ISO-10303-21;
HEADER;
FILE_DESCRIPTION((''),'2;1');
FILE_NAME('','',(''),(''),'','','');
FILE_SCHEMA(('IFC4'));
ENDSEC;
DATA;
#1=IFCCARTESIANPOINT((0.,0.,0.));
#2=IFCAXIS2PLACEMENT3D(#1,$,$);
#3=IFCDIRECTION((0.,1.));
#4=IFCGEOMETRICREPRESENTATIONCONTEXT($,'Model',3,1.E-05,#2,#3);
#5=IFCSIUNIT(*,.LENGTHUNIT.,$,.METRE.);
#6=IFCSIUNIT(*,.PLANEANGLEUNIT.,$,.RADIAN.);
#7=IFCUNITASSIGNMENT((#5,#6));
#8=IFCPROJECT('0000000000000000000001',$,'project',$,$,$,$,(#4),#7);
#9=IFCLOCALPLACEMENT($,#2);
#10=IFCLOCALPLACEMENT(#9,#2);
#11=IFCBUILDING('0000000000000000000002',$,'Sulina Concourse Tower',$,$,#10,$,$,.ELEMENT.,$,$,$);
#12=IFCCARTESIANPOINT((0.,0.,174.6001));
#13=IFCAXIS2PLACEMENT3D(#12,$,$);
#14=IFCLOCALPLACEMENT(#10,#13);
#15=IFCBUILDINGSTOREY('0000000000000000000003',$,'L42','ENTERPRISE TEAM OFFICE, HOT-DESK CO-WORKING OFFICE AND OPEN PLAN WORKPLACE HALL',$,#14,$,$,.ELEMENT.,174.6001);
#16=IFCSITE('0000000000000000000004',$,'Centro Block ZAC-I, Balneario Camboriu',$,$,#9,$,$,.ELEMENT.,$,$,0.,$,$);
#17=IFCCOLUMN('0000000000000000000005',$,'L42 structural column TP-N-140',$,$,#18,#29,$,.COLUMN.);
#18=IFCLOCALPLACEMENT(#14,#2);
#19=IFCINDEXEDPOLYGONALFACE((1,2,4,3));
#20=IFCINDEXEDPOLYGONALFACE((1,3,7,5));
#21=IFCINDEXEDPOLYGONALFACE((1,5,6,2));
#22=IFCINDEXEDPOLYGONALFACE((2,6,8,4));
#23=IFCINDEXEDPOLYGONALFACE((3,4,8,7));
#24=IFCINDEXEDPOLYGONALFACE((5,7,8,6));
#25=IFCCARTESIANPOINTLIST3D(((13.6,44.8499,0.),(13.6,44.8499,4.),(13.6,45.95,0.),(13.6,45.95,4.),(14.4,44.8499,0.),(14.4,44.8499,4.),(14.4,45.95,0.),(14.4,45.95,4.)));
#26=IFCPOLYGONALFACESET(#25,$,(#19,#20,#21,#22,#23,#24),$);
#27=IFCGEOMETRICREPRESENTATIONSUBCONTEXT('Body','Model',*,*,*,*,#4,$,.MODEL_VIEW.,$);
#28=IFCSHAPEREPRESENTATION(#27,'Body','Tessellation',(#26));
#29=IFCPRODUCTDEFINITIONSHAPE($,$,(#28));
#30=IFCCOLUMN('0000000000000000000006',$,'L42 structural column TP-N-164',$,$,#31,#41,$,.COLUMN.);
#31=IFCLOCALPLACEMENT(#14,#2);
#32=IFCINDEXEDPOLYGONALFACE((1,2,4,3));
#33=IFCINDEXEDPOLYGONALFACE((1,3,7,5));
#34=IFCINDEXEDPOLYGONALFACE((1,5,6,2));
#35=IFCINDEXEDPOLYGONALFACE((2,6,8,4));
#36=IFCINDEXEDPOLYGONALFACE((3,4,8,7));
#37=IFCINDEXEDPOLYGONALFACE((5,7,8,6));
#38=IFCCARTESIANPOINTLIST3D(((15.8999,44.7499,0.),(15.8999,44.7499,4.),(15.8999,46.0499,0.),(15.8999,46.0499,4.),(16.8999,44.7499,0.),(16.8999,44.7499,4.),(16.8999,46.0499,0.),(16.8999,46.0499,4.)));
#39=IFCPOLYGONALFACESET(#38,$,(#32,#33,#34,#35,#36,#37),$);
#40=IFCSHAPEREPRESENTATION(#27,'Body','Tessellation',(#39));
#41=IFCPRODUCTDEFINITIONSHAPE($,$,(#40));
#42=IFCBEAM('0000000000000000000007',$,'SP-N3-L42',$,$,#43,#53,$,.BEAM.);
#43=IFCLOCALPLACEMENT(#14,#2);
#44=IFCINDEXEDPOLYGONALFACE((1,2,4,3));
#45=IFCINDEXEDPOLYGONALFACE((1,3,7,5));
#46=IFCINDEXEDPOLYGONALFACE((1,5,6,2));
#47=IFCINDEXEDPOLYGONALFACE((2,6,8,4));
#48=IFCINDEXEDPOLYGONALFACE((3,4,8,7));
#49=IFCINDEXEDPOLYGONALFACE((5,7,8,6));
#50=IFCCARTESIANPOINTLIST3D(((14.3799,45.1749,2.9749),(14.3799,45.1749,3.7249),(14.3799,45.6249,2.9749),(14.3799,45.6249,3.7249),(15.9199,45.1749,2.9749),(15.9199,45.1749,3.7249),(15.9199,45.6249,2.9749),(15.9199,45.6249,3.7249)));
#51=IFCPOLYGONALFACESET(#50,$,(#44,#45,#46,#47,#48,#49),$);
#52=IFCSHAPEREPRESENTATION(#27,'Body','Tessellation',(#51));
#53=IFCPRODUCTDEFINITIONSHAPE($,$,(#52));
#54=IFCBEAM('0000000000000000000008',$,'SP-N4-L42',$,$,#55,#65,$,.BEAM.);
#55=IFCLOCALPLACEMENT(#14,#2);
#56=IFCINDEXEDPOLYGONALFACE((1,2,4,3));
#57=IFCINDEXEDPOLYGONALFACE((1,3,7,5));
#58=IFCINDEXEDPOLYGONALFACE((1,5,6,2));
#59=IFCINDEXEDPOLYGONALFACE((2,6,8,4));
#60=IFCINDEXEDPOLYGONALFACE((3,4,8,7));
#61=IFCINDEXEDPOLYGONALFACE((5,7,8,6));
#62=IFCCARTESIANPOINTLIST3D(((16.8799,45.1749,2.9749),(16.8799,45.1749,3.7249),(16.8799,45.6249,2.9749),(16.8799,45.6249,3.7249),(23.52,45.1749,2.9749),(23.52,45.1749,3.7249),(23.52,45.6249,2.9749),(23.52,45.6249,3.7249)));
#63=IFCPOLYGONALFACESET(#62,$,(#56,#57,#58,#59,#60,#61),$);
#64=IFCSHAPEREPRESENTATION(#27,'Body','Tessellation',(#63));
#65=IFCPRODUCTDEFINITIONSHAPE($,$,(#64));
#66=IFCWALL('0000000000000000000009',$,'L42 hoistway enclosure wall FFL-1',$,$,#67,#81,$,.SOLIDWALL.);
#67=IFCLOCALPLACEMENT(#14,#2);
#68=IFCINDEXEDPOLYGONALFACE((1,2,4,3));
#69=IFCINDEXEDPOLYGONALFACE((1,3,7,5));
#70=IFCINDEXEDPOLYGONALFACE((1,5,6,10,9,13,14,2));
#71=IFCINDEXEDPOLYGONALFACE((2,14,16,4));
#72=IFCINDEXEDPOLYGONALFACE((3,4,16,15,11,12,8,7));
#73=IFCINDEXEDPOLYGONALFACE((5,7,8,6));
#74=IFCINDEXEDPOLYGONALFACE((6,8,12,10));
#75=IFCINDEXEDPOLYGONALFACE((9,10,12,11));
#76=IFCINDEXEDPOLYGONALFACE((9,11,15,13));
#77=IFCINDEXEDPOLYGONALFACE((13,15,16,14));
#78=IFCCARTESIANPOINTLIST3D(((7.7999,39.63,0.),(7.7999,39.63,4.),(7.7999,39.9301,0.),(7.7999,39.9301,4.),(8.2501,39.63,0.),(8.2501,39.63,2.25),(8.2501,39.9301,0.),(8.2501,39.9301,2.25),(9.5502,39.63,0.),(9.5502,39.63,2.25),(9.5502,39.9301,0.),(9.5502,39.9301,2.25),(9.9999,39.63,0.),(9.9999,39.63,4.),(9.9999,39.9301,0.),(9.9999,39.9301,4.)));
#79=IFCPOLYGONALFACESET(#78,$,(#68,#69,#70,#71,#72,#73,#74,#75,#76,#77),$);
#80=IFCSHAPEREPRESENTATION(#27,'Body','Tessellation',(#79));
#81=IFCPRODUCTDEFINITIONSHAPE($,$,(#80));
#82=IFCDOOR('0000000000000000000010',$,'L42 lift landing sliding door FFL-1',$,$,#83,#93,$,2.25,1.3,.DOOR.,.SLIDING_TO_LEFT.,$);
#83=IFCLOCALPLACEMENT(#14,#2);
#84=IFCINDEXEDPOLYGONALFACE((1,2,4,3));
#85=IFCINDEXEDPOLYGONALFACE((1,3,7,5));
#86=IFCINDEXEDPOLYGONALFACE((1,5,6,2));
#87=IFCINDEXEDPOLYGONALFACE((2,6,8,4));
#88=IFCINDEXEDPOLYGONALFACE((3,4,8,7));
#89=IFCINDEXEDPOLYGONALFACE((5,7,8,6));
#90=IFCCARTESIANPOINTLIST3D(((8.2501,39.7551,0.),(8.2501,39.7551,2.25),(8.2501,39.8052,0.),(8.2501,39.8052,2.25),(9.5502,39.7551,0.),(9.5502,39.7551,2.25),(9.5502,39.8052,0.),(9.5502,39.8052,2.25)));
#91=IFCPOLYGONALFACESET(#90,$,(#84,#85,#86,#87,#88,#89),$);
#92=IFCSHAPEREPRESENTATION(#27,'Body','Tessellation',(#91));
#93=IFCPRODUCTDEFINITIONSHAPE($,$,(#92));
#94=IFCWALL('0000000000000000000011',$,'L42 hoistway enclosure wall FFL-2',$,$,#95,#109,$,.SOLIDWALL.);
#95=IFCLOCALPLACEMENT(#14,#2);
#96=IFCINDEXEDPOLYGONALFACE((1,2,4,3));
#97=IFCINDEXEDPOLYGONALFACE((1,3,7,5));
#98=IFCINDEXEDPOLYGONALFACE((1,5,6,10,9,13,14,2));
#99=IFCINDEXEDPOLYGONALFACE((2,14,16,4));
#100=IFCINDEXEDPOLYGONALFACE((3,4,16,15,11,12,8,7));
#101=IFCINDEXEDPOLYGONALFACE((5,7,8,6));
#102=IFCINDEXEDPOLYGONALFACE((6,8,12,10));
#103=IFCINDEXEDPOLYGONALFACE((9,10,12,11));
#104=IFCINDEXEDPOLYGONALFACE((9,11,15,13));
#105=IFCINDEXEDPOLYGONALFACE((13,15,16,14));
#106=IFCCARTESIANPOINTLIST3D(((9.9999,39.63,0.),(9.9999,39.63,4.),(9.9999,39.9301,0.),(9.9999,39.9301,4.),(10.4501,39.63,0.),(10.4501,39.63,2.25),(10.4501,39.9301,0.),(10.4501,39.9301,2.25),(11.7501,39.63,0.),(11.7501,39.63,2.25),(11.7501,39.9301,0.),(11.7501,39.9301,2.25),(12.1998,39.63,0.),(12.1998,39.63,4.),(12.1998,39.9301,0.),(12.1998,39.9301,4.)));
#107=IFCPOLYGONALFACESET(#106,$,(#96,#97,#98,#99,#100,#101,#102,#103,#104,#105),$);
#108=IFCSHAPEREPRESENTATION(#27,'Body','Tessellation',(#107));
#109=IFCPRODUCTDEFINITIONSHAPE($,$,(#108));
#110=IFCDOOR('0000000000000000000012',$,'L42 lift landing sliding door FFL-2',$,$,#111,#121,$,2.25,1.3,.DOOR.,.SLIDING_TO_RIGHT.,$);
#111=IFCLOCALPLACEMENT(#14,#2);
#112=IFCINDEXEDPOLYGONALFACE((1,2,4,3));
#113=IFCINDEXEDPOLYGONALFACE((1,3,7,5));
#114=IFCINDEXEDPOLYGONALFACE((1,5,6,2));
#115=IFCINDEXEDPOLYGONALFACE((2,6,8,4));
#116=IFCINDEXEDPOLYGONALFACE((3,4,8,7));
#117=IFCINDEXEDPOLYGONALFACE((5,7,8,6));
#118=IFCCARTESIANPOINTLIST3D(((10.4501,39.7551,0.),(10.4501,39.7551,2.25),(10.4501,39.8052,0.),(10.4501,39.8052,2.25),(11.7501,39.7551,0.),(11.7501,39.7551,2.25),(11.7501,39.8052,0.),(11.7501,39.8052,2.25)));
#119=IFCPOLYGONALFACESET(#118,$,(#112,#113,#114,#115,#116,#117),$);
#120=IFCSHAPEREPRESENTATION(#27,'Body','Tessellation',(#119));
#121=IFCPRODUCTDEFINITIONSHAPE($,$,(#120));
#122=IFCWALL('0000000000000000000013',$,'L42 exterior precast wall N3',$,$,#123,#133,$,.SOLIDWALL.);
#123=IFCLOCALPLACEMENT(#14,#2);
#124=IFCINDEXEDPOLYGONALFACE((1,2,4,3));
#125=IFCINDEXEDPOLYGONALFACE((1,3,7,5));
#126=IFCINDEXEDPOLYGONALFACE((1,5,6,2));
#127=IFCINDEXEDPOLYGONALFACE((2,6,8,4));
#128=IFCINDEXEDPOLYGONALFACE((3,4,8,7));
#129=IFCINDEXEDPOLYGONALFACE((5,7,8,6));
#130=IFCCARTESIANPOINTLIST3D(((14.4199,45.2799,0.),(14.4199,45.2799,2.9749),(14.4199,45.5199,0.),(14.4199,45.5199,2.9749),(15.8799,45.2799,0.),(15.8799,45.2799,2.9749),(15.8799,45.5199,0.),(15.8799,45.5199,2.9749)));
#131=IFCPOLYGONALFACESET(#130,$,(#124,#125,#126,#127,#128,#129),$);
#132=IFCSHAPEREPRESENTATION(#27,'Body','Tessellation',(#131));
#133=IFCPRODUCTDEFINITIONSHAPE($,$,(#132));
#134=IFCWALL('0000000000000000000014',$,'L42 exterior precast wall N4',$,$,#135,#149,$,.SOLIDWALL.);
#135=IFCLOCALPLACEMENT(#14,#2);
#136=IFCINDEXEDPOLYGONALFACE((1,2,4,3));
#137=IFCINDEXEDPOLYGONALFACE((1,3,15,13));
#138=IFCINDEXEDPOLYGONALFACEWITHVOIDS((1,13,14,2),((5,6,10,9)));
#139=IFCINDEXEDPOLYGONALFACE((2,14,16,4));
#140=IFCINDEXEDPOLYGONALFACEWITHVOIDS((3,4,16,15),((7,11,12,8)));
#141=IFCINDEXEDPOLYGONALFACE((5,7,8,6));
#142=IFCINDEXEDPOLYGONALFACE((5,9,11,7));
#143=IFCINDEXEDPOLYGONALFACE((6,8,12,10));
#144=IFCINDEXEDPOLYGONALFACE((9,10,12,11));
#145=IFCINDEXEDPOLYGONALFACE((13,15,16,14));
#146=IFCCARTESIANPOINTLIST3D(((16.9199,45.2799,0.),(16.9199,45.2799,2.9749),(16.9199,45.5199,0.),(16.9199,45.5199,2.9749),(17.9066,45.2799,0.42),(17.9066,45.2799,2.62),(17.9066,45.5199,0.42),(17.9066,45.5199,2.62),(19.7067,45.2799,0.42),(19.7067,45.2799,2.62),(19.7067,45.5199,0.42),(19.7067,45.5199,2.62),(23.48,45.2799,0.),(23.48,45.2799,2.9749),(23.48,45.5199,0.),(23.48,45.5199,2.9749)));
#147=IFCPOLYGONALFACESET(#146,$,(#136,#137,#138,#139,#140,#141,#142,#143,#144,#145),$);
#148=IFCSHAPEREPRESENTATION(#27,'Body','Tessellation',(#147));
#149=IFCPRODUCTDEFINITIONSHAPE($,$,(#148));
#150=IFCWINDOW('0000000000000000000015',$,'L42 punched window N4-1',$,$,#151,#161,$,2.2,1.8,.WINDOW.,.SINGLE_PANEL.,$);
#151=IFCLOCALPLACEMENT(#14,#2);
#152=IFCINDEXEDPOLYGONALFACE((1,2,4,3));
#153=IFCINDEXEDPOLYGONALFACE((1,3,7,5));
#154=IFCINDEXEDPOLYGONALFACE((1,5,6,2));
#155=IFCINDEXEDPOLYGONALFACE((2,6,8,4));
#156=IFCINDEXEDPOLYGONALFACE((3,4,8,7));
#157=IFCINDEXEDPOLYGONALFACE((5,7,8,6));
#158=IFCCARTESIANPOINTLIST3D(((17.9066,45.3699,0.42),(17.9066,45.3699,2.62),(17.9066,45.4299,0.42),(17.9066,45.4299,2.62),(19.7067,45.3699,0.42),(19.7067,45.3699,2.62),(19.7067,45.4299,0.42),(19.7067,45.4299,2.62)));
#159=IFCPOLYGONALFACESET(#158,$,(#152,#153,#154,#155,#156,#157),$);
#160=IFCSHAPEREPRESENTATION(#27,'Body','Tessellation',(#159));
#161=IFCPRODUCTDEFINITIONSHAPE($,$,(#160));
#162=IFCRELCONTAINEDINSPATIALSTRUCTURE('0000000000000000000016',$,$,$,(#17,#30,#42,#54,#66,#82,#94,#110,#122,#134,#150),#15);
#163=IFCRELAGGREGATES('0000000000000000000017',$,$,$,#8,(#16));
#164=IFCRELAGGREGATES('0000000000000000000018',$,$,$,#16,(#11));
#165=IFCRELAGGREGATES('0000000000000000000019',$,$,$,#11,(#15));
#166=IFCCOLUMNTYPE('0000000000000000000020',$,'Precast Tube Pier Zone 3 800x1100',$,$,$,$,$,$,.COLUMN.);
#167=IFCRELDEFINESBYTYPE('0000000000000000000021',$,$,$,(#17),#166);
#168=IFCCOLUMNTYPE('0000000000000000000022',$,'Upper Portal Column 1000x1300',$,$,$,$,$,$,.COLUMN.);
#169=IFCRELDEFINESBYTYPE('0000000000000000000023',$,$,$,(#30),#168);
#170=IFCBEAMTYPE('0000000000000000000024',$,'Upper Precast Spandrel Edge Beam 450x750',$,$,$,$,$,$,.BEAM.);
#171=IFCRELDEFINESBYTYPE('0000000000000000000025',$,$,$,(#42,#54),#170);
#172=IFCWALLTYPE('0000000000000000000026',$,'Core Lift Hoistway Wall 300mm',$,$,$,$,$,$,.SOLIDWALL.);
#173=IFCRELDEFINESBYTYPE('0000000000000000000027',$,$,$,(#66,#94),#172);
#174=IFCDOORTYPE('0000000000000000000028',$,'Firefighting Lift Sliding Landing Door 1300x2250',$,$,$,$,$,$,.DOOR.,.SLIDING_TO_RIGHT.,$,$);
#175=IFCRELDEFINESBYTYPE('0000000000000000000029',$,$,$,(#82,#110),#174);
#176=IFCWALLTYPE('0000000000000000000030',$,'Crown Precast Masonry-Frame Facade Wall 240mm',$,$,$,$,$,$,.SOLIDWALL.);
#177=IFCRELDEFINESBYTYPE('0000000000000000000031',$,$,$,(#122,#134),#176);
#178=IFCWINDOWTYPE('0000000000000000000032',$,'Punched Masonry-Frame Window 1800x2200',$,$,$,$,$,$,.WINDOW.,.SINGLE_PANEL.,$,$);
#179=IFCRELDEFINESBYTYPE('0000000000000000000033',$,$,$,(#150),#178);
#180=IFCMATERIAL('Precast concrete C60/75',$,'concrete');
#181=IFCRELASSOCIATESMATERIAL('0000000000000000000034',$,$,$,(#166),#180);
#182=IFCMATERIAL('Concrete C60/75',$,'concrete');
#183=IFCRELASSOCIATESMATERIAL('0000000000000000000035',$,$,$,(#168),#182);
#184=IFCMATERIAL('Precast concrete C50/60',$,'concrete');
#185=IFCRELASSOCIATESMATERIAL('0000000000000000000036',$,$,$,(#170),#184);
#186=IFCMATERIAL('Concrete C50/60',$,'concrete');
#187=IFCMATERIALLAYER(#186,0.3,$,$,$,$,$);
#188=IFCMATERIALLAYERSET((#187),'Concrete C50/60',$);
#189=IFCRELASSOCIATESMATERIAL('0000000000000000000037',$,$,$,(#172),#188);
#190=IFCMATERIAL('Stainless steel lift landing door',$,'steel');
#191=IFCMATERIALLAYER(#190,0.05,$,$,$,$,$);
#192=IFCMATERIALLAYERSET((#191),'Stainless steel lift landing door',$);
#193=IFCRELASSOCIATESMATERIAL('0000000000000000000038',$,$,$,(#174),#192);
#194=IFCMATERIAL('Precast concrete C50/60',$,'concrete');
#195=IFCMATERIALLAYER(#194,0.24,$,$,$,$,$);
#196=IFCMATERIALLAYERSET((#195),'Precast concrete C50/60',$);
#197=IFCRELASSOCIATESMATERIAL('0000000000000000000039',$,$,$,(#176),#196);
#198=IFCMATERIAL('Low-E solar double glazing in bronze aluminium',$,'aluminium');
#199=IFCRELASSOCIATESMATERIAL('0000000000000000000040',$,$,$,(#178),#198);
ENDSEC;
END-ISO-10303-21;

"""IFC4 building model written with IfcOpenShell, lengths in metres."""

from ifc_helpers import new_model, si_unit, direction, frame, frame_2d, origin, origin_2d, place, context, subcontext, project, spatial, rectangle, extrude, material, layer, layer_set, material_profile, profile_set, type_object, element, fill, save


model = new_model("IFC4")

# Units and contexts
model_context = context("Model", 3, precision=1e-05, world=origin(), true_north=direction((0.0, 1.0)))
body_context = subcontext(model_context, "Body", "Model", "MODEL_VIEW")
ifc_project = project(units=[si_unit("LENGTHUNIT", "METRE"), si_unit("PLANEANGLEUNIT", "RADIAN")], contexts=[model_context])

# Site, building, storey
site_placement = place(None, origin())
site = spatial("IfcSite", under=ifc_project, at=site_placement, Name="Centro Block ZAC-I, Balneario Camboriu", CompositionType="ELEMENT", RefElevation=0.0)
building_placement = place(site_placement, origin())
building = spatial("IfcBuilding", under=site, at=building_placement, Name="Sulina Concourse Tower", CompositionType="ELEMENT")
storey_placement = place(building_placement, frame((0.0, 0.0, 174.6001)))
storey = spatial("IfcBuildingStorey", under=building, at=storey_placement, Name="L42", Description="ENTERPRISE TEAM OFFICE, HOT-DESK CO-WORKING OFFICE AND OPEN PLAN WORKPLACE HALL", CompositionType="ELEMENT", Elevation=174.6001)

# Columns
ifc_material_1 = material(Name="Precast concrete C60/75", Category="concrete")
ifc_material_profile_1 = material_profile(ifc_material_1, rectangle(XDim=0.8, YDim=1.1001, at=origin_2d()), Name="PC 800x1100")
ifc_profile_set_1 = profile_set([ifc_material_profile_1], Name="Precast concrete C60/75")
column_type_1 = type_object("IfcColumnType", Name="Precast Tube Pier Zone 3 800x1100", PredefinedType="COLUMN", material=ifc_profile_set_1)
column_1_placement = place(storey_placement, frame((14.0, 45.3999, 0.0), z_axis=(0.0, 0.0, 1.0), x_axis=(1.0, 0.0, 0.0)))
element("IfcColumn", 1, at=column_1_placement, inside=storey, type_object=column_type_1, Name="L42 structural column TP-N-140", PredefinedType="COLUMN", context=body_context, shape_type="SweptSolid", body=[
    extrude(rectangle(XDim=0.8, YDim=1.1001, at=origin_2d()), origin(), (0.0, 0.0, 1.0), 4.0),
])
ifc_material_2 = material(Name="Concrete C60/75", Category="concrete")
ifc_material_profile_2 = material_profile(ifc_material_2, rectangle(XDim=1.0, YDim=1.3, at=origin_2d()), Name="RC 1000x1300")
ifc_profile_set_2 = profile_set([ifc_material_profile_2], Name="Concrete C60/75")
column_type_2 = type_object("IfcColumnType", Name="Upper Portal Column 1000x1300", PredefinedType="COLUMN", material=ifc_profile_set_2)
column_2_placement = place(storey_placement, frame((16.3999, 45.3999, 0.0), z_axis=(0.0, 0.0, 1.0), x_axis=(1.0, 0.0, 0.0)))
element("IfcColumn", 2, at=column_2_placement, inside=storey, type_object=column_type_2, Name="L42 structural column TP-N-164", PredefinedType="COLUMN", context=body_context, shape_type="SweptSolid", body=[
    extrude(rectangle(XDim=1.0, YDim=1.3, at=origin_2d()), origin(), (0.0, 0.0, 1.0), 4.0),
])

# Beams
ifc_material_3 = material(Name="Precast concrete C50/60", Category="concrete")
ifc_material_profile_3 = material_profile(ifc_material_3, rectangle(XDim=0.45, YDim=0.75, at=origin_2d()), Name="RC 450x750")
ifc_profile_set_3 = profile_set([ifc_material_profile_3], Name="Precast concrete C50/60")
beam_type = type_object("IfcBeamType", Name="Upper Precast Spandrel Edge Beam 450x750", PredefinedType="BEAM", material=ifc_profile_set_3)
beam_1_placement = place(storey_placement, frame((14.3799, 45.3999, 3.3499), z_axis=(1.0, 0.0, 0.0), x_axis=(0.0, 1.0, 0.0)))
element("IfcBeam", 3, at=beam_1_placement, inside=storey, type_object=beam_type, Name="SP-N3-L42", PredefinedType="BEAM", context=body_context, shape_type="SweptSolid", body=[
    extrude(rectangle(XDim=0.45, YDim=0.75, at=origin_2d()), origin(), (0.0, 0.0, 1.0), 1.54),
])
beam_2_placement = place(storey_placement, frame((16.8799, 45.3999, 3.3499), z_axis=(1.0, 0.0, 0.0), x_axis=(0.0, 1.0, 0.0)))
element("IfcBeam", 4, at=beam_2_placement, inside=storey, type_object=beam_type, Name="SP-N4-L42", PredefinedType="BEAM", context=body_context, shape_type="SweptSolid", body=[
    extrude(rectangle(XDim=0.45, YDim=0.75, at=origin_2d()), origin(), (0.0, 0.0, 1.0), 6.6401),
])

# Walls, openings, doors
ifc_material_4 = material(Name="Concrete C50/60", Category="concrete")
ifc_layer_1 = layer(ifc_material_4, 0.3)
ifc_layer_set_1 = layer_set([ifc_layer_1], Name="Concrete C50/60")
wall_type_1 = type_object("IfcWallType", Name="Core Lift Hoistway Wall 300mm", PredefinedType="SOLIDWALL", material=ifc_layer_set_1)
wall_1_placement = place(storey_placement, frame((10.0, 39.78, 0.0), z_axis=(0.0, 0.0, 1.0), x_axis=(-1.0, 0.0, 0.0)))
wall_1 = element("IfcWall", 5, at=wall_1_placement, inside=storey, type_object=wall_type_1, Name="L42 hoistway enclosure wall FFL-1", PredefinedType="SOLIDWALL", context=body_context, shape_type="SweptSolid", body=[
    extrude(rectangle(XDim=2.2, YDim=0.3, at=frame_2d((1.1001, 0.0))), origin(), (0.0, 0.0, 1.0), 4.0),
])
opening_1_placement = place(wall_1_placement, frame((0.45, 0.0, 0.0)))
opening_1 = element("IfcOpeningElement", 6, at=opening_1_placement, cuts=wall_1, PredefinedType="OPENING", context=body_context, shape_type="SweptSolid", body=[
    extrude(rectangle(XDim=1.3, YDim=2.25, at=frame_2d((0.6499, 1.125))), frame((0.0, 0.1599, 0.0), z_axis=(0.0, -1.0, 0.0), x_axis=(1.0, 0.0, 0.0)), (0.0, 0.0, 1.0), 0.3201),
])
ifc_material_5 = material(Name="Stainless steel lift landing door", Category="steel")
ifc_layer_2 = layer(ifc_material_5, 0.05)
ifc_layer_set_2 = layer_set([ifc_layer_2], Name="Stainless steel lift landing door")
door_type_1 = type_object("IfcDoorType", Name="Firefighting Lift Sliding Landing Door 1300x2250", OperationType="SLIDING_TO_RIGHT", PredefinedType="DOOR", material=ifc_layer_set_2)
door_1_placement = place(opening_1_placement, origin())
door_1 = element("IfcDoor", 7, at=door_1_placement, inside=storey, type_object=door_type_1, Name="L42 lift landing sliding door FFL-1", OperationType="SLIDING_TO_LEFT", OverallHeight=2.25, OverallWidth=1.3, PredefinedType="DOOR", context=body_context, shape_type="SweptSolid", body=[
    extrude(rectangle(XDim=1.3, YDim=2.25, at=frame_2d((0.6499, 1.125))), frame((0.0, 0.0249, 0.0), z_axis=(0.0, -1.0, 0.0), x_axis=(1.0, 0.0, 0.0)), (0.0, 0.0, 1.0), 0.05),
])
fill(opening_1, door_1)
wall_2_placement = place(storey_placement, frame((12.2, 39.78, 0.0), z_axis=(0.0, 0.0, 1.0), x_axis=(-1.0, 0.0, 0.0)))
wall_2 = element("IfcWall", 8, at=wall_2_placement, inside=storey, type_object=wall_type_1, Name="L42 hoistway enclosure wall FFL-2", PredefinedType="SOLIDWALL", context=body_context, shape_type="SweptSolid", body=[
    extrude(rectangle(XDim=2.2, YDim=0.3, at=frame_2d((1.1001, 0.0))), origin(), (0.0, 0.0, 1.0), 4.0),
])
opening_2_placement = place(wall_2_placement, frame((0.45, 0.0, 0.0)))
opening_2 = element("IfcOpeningElement", 9, at=opening_2_placement, cuts=wall_2, PredefinedType="OPENING", context=body_context, shape_type="SweptSolid", body=[
    extrude(rectangle(XDim=1.3, YDim=2.25, at=frame_2d((0.6499, 1.125))), frame((0.0, 0.1599, 0.0), z_axis=(0.0, -1.0, 0.0), x_axis=(1.0, 0.0, 0.0)), (0.0, 0.0, 1.0), 0.3201),
])
door_2_placement = place(opening_2_placement, origin())
door_2 = element("IfcDoor", 10, at=door_2_placement, inside=storey, type_object=door_type_1, Name="L42 lift landing sliding door FFL-2", OperationType="SLIDING_TO_RIGHT", OverallHeight=2.25, OverallWidth=1.3, PredefinedType="DOOR", context=body_context, shape_type="SweptSolid", body=[
    extrude(rectangle(XDim=1.3, YDim=2.25, at=frame_2d((0.6499, 1.125))), frame((0.0, 0.0249, 0.0), z_axis=(0.0, -1.0, 0.0), x_axis=(1.0, 0.0, 0.0)), (0.0, 0.0, 1.0), 0.05),
])
fill(opening_2, door_2)

# Wall
ifc_material_6 = material(Name="Precast concrete C50/60", Category="concrete")
ifc_layer_3 = layer(ifc_material_6, 0.24)
ifc_layer_set_3 = layer_set([ifc_layer_3], Name="Precast concrete C50/60")
wall_type_2 = type_object("IfcWallType", Name="Crown Precast Masonry-Frame Facade Wall 240mm", PredefinedType="SOLIDWALL", material=ifc_layer_set_3)
wall_3_placement = place(storey_placement, frame((14.4199, 45.3999, 0.0), z_axis=(0.0, 0.0, 1.0), x_axis=(1.0, 0.0, 0.0)))
element("IfcWall", 11, at=wall_3_placement, inside=storey, type_object=wall_type_2, Name="L42 exterior precast wall N3", PredefinedType="SOLIDWALL", context=body_context, shape_type="SweptSolid", body=[
    extrude(rectangle(XDim=1.46, YDim=0.24, at=frame_2d((0.73, 0.0))), origin(), (0.0, 0.0, 1.0), 2.9749),
])

# Wall, opening, window
wall_4_placement = place(storey_placement, frame((16.9199, 45.3999, 0.0), z_axis=(0.0, 0.0, 1.0), x_axis=(1.0, 0.0, 0.0)))
wall_4 = element("IfcWall", 12, at=wall_4_placement, inside=storey, type_object=wall_type_2, Name="L42 exterior precast wall N4", PredefinedType="SOLIDWALL", context=body_context, shape_type="SweptSolid", body=[
    extrude(rectangle(XDim=6.5601, YDim=0.24, at=frame_2d((3.28, 0.0))), origin(), (0.0, 0.0, 1.0), 2.9749),
])
opening_3_placement = place(wall_4_placement, frame((0.9868, 0.0, 0.4199)))
opening_3 = element("IfcOpeningElement", 13, at=opening_3_placement, cuts=wall_4, PredefinedType="OPENING", context=body_context, shape_type="SweptSolid", body=[
    extrude(rectangle(XDim=1.8, YDim=2.2, at=frame_2d((0.8999, 1.1001))), frame((0.0, 0.1299, 0.0), z_axis=(0.0, -1.0, 0.0), x_axis=(1.0, 0.0, 0.0)), (0.0, 0.0, 1.0), 0.26),
])
ifc_material_7 = material(Name="Low-E solar double glazing in bronze aluminium", Category="aluminium")
window_type = type_object("IfcWindowType", Name="Punched Masonry-Frame Window 1800x2200", PartitioningType="SINGLE_PANEL", PredefinedType="WINDOW", material=ifc_material_7)
window_placement = place(opening_3_placement, origin())
window = element("IfcWindow", 14, at=window_placement, inside=storey, type_object=window_type, Name="L42 punched window N4-1", OverallHeight=2.2, OverallWidth=1.8, PartitioningType="SINGLE_PANEL", PredefinedType="WINDOW", context=body_context, shape_type="SweptSolid", body=[
    extrude(rectangle(XDim=1.8, YDim=2.2, at=frame_2d((0.8999, 1.1001))), frame((0.0, 0.03, 0.0), z_axis=(0.0, -1.0, 0.0), x_axis=(1.0, 0.0, 0.0)), (0.0, 0.0, 1.0), 0.0601),
])
fill(opening_3, window)

save(model, "model.ifc")
